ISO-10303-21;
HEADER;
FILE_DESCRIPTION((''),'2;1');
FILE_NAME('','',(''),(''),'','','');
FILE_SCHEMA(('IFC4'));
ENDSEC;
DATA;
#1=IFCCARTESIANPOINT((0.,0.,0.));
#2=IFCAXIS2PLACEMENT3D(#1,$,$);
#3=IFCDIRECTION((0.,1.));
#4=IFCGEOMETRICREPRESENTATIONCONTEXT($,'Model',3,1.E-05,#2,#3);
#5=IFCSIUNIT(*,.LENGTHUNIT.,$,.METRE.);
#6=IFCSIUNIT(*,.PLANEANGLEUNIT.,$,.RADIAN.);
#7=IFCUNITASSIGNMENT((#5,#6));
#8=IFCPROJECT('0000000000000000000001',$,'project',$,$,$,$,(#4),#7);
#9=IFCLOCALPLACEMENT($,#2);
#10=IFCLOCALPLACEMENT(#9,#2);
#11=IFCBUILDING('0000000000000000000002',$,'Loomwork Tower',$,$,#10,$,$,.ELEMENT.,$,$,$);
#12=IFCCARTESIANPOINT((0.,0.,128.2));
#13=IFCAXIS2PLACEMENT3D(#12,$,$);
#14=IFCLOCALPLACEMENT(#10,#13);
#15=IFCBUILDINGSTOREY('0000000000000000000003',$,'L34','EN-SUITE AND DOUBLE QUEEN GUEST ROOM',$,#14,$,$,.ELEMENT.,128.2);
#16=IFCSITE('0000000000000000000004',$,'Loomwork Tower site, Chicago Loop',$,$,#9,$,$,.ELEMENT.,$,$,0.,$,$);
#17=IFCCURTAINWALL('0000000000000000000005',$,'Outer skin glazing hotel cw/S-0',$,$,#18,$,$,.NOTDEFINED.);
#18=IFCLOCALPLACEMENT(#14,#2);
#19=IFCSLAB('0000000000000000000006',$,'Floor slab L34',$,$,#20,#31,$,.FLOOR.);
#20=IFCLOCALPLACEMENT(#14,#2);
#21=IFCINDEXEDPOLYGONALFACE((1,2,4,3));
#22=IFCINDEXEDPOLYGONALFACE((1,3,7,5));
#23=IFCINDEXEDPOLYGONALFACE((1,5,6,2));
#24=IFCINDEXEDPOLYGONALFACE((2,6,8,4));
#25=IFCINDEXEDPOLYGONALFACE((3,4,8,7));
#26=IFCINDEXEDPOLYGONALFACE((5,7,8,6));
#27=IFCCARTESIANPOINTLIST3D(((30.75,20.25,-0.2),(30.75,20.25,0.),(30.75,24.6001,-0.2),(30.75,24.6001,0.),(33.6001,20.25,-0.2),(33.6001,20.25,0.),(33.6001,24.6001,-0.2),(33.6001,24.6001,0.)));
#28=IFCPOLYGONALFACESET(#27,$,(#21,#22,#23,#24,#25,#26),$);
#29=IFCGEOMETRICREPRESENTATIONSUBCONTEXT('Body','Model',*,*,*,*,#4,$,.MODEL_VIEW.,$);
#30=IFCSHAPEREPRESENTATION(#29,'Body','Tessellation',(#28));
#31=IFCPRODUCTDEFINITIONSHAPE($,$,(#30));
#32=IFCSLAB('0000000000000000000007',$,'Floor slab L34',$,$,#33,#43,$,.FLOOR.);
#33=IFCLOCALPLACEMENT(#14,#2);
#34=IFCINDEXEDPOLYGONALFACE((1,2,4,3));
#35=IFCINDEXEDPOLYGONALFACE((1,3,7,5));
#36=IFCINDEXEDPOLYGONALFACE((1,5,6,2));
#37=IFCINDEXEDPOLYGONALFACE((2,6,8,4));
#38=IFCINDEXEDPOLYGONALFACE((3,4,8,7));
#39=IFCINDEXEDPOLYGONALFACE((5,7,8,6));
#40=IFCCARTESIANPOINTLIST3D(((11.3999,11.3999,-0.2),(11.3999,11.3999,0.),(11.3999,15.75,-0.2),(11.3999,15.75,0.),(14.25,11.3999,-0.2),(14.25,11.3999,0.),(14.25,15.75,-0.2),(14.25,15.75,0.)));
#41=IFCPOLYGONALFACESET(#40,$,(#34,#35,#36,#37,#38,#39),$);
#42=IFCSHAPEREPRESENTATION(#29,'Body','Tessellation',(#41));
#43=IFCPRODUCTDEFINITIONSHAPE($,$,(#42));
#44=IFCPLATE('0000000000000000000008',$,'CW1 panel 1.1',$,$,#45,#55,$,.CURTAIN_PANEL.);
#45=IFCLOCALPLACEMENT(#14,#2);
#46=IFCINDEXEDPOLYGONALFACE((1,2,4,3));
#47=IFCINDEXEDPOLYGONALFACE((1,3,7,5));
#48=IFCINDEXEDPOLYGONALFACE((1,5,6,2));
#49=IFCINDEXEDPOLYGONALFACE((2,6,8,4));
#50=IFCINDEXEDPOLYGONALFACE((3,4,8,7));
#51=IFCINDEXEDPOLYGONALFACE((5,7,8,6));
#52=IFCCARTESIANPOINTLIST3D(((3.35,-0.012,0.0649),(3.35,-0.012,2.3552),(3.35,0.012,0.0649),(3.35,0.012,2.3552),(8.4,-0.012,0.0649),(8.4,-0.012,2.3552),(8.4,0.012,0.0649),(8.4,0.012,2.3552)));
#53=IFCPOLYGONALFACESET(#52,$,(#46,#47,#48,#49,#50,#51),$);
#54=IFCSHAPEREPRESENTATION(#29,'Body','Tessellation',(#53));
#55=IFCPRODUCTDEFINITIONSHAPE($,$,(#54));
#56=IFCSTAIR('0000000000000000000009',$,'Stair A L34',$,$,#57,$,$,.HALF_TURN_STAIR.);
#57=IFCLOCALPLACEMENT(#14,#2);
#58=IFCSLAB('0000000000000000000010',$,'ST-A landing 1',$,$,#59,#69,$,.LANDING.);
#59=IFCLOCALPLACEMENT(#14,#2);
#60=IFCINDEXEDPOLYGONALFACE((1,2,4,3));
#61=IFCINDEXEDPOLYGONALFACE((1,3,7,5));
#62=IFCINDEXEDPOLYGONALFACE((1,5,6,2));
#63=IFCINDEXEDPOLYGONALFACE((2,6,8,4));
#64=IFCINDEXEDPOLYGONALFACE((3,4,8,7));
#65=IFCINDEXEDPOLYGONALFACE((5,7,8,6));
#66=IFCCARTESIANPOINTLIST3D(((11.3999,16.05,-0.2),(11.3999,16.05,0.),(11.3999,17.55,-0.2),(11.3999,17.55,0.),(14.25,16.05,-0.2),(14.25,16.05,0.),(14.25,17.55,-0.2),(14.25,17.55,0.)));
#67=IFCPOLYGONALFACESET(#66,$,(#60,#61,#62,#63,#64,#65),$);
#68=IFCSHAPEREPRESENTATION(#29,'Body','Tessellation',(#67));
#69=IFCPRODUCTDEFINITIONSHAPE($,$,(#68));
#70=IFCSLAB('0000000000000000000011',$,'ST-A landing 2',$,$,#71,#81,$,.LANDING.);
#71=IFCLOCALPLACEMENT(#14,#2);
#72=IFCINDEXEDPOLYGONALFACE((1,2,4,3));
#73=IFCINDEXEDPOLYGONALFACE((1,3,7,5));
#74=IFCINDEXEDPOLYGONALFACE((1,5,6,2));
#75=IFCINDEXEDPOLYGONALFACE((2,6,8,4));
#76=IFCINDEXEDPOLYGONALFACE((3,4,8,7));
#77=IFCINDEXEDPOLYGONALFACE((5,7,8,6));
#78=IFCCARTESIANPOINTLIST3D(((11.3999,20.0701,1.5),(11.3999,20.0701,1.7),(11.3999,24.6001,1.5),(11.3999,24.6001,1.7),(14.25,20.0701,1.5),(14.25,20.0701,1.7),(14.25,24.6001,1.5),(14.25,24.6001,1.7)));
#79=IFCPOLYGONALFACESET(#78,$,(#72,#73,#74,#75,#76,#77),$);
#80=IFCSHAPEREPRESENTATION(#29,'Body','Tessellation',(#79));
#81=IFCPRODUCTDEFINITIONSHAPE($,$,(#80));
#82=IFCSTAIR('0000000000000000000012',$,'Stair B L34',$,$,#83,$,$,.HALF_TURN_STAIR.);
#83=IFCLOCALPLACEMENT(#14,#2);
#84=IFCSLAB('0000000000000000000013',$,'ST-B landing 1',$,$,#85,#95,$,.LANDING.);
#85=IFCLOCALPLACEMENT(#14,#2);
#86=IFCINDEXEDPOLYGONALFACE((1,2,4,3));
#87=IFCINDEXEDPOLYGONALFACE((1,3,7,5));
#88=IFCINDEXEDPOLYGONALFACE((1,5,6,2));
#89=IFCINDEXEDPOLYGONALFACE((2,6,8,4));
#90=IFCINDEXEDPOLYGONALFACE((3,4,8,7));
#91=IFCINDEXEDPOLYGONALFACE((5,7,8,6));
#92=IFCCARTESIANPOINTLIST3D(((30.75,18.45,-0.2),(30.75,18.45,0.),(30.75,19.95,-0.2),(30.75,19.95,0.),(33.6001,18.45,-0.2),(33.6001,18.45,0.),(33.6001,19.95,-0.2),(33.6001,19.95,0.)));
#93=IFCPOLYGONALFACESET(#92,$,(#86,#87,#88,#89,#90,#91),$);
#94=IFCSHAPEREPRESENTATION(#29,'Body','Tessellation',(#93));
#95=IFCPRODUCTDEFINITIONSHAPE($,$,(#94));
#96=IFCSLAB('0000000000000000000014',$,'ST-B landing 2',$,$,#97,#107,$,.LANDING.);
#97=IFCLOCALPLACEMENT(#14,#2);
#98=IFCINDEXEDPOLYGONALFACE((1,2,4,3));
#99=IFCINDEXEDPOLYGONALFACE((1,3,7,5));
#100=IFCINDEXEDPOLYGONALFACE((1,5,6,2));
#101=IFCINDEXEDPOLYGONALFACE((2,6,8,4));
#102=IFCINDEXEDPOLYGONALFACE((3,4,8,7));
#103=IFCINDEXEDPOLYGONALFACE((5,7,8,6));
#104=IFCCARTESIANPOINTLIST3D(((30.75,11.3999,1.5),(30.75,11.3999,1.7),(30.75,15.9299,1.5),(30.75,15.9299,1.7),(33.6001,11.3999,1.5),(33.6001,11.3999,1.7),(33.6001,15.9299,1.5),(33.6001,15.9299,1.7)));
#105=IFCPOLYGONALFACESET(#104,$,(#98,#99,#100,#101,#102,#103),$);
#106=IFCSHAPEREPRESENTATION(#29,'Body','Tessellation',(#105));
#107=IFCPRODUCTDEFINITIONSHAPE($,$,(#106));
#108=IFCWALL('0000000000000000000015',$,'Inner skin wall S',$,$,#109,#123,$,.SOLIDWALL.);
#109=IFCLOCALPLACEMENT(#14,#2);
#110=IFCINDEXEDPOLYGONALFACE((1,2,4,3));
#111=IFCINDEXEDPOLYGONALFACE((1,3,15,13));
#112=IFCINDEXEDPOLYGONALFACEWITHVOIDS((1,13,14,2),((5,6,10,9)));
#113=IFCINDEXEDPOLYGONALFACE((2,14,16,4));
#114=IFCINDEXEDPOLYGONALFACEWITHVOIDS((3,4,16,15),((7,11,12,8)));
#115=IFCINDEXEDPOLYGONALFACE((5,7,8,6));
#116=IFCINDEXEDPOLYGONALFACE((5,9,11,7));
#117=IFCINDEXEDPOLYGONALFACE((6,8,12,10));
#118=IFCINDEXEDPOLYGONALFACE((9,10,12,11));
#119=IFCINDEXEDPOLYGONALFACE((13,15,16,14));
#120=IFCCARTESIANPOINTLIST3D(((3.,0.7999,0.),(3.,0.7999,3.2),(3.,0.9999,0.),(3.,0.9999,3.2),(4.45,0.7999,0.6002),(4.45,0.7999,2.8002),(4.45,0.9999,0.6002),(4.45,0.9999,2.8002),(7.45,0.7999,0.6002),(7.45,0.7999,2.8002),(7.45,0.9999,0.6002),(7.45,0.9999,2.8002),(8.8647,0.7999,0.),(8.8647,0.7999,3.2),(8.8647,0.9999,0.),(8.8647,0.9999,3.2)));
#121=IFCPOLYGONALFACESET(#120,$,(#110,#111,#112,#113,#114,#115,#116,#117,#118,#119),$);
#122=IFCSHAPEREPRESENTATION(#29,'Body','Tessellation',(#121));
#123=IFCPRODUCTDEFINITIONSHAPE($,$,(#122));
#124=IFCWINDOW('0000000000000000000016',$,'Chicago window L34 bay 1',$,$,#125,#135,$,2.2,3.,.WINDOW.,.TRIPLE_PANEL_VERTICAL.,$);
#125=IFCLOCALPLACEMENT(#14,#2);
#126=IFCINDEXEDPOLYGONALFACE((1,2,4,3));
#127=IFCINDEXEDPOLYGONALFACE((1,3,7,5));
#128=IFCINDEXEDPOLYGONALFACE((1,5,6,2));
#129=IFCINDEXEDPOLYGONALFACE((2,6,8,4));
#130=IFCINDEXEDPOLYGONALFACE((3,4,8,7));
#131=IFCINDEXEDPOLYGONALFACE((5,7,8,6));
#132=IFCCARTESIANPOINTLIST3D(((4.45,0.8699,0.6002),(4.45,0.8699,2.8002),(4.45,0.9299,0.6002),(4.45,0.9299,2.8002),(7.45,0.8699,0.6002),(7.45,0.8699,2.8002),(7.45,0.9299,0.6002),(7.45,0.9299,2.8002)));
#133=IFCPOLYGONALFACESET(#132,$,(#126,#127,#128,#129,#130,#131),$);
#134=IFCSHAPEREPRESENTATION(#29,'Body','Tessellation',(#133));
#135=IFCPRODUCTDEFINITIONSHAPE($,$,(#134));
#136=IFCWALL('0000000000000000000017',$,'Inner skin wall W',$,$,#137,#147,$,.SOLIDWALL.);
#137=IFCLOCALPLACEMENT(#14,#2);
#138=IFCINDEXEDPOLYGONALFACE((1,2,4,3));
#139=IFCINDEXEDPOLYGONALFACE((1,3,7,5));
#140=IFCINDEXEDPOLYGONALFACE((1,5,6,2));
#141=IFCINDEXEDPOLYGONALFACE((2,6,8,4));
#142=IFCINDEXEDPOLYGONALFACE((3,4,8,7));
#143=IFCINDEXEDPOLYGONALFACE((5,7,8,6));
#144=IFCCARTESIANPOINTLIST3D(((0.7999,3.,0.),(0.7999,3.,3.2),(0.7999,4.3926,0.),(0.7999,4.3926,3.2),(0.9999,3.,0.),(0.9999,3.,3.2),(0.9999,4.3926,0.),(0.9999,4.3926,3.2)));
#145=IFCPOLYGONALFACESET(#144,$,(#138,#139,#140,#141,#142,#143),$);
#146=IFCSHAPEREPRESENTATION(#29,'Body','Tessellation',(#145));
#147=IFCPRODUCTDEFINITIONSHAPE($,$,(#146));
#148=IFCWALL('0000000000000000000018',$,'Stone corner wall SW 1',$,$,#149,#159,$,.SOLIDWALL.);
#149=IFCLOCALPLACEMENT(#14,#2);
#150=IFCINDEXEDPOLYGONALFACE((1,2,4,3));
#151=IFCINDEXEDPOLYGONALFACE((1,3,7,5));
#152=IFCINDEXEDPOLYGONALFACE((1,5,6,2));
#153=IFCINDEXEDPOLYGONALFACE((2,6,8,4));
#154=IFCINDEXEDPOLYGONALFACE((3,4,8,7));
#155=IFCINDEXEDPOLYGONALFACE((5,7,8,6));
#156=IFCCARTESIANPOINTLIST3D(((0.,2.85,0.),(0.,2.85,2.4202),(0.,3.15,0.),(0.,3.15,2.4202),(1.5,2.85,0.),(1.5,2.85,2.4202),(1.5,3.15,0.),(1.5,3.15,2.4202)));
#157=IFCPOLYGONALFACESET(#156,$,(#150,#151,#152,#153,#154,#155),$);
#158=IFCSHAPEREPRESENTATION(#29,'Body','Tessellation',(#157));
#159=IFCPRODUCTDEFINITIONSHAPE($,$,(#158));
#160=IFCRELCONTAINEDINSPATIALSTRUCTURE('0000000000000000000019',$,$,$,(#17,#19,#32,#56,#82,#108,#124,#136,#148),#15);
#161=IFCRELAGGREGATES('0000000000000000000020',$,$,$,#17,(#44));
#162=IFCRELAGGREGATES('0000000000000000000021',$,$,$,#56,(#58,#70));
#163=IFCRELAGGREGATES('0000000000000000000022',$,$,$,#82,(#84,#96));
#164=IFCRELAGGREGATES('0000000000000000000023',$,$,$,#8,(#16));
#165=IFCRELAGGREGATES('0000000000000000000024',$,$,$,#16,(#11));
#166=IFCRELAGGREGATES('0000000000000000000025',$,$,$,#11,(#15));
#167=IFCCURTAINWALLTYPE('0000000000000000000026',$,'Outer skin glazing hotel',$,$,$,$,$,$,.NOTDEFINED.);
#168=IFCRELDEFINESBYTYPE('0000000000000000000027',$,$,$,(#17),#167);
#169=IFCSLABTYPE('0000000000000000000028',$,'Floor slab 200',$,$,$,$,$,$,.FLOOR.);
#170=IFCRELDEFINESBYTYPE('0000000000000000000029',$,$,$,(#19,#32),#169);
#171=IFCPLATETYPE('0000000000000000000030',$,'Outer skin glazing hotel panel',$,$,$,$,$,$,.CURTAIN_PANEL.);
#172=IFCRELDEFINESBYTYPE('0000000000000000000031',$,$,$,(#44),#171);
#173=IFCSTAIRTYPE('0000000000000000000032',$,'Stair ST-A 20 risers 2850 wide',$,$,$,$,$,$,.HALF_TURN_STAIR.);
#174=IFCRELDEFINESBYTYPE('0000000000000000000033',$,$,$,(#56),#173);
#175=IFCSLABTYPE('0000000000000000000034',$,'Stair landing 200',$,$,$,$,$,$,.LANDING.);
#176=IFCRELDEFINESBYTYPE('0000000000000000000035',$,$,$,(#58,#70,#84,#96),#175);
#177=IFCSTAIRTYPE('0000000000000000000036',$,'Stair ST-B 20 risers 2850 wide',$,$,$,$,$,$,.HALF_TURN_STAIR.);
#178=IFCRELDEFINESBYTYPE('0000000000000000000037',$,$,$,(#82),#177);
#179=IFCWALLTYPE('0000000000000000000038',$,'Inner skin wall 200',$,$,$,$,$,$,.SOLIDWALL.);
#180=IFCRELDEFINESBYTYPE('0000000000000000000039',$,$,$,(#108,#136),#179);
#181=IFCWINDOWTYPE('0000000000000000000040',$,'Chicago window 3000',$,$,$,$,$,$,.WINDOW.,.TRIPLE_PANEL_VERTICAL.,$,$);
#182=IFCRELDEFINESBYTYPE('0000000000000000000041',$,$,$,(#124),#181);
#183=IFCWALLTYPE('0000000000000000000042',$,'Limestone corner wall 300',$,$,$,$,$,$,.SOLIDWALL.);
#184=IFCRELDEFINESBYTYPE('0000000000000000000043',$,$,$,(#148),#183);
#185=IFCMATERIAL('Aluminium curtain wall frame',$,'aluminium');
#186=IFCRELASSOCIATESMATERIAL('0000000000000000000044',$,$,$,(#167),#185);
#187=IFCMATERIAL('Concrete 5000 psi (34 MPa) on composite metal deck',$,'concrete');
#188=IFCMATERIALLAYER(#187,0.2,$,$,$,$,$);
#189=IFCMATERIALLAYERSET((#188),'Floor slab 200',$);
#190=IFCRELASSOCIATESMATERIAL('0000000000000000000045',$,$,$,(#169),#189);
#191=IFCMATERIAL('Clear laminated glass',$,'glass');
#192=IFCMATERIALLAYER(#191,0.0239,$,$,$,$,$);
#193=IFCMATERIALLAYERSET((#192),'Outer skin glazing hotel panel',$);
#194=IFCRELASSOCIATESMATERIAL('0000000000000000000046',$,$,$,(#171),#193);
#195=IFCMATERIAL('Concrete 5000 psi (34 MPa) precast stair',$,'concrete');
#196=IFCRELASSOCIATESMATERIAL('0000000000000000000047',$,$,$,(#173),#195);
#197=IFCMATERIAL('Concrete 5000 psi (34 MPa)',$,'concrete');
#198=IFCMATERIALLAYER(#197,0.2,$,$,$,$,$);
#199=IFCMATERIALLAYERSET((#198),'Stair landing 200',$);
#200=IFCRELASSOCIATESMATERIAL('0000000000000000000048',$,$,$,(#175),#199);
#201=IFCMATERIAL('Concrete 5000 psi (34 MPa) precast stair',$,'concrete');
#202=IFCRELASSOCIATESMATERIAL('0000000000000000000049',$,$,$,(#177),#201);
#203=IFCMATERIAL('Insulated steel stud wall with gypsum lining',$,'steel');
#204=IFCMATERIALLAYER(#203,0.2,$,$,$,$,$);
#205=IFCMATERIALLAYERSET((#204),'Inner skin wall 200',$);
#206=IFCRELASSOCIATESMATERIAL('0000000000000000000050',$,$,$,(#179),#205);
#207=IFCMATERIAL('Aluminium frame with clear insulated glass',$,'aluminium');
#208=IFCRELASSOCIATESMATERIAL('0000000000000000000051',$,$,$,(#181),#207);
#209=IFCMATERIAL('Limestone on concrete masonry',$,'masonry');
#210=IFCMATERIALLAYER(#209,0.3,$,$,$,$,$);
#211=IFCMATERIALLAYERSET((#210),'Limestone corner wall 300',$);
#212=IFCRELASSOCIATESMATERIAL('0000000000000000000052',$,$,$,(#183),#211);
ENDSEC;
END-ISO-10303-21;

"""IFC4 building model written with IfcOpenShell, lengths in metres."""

from ifc_helpers import new_model, si_unit, direction, frame, frame_2d, origin, origin_2d, place, context, subcontext, project, spatial, polyline, rectangle, outline, extrude, material, layer, layer_set, type_object, element, fill, aggregate, save


model = new_model("IFC4")

# Units and contexts
model_context = context("Model", 3, precision=1e-05, world=origin(), true_north=direction((0.0, 1.0)))
body_context = subcontext(model_context, "Body", "Model", "MODEL_VIEW")
ifc_project = project(units=[si_unit("LENGTHUNIT", "METRE"), si_unit("PLANEANGLEUNIT", "RADIAN")], contexts=[model_context])

# Site, building, storey
site_placement = place(None, origin())
site = spatial("IfcSite", under=ifc_project, at=site_placement, Name="Loomwork Tower site, Chicago Loop", CompositionType="ELEMENT", RefElevation=0.0)
building_placement = place(site_placement, origin())
building = spatial("IfcBuilding", under=site, at=building_placement, Name="Loomwork Tower", CompositionType="ELEMENT")
storey_placement = place(building_placement, frame((0.0, 0.0, 128.2)))
storey = spatial("IfcBuildingStorey", under=building, at=storey_placement, Name="L34", Description="EN-SUITE AND DOUBLE QUEEN GUEST ROOM", CompositionType="ELEMENT", Elevation=128.2)

# Curtain wall
ifc_material_1 = material(Name="Aluminium curtain wall frame", Category="aluminium")
curtain_wall_type = type_object("IfcCurtainWallType", Name="Outer skin glazing hotel", PredefinedType="NOTDEFINED", material=ifc_material_1)
curtain_wall_1_placement = place(storey_placement, origin())
curtain_wall_1 = element("IfcCurtainWall", 1, at=curtain_wall_1_placement, inside=storey, type_object=curtain_wall_type, Name="Outer skin glazing hotel cw/S-0", PredefinedType="NOTDEFINED")

# Slabs
ifc_material_2 = material(Name="Concrete 5000 psi (34 MPa) on composite metal deck", Category="concrete")
ifc_layer_1 = layer(ifc_material_2, 0.2)
ifc_layer_set_1 = layer_set([ifc_layer_1], Name="Floor slab 200")
slab_type_1 = type_object("IfcSlabType", Name="Floor slab 200", PredefinedType="FLOOR", material=ifc_layer_set_1)
slab_1_placement = place(storey_placement, frame((0.0, 0.0, -0.2)))
element("IfcSlab", 2, at=slab_1_placement, inside=storey, type_object=slab_type_1, Name="Floor slab L34", PredefinedType="FLOOR", context=body_context, shape_type="SweptSolid", body=[
    extrude(outline(polyline([(33.6001, 20.25), (30.75, 20.25), (30.75, 24.6001), (33.6001, 24.6001), (33.6001, 20.25)])), origin(), (0.0, 0.0, 1.0), 0.2),
])
slab_2_placement = place(storey_placement, frame((0.0, 0.0, -0.2)))
element("IfcSlab", 3, at=slab_2_placement, inside=storey, type_object=slab_type_1, Name="Floor slab L34", PredefinedType="FLOOR", context=body_context, shape_type="SweptSolid", body=[
    extrude(outline(polyline([(14.25, 15.75), (14.25, 11.3999), (11.3999, 11.3999), (11.3999, 15.75), (14.25, 15.75)])), origin(), (0.0, 0.0, 1.0), 0.2),
])

# Plate
ifc_material_3 = material(Name="Clear laminated glass", Category="glass")
ifc_layer_2 = layer(ifc_material_3, 0.0239)
ifc_layer_set_2 = layer_set([ifc_layer_2], Name="Outer skin glazing hotel panel")
plate_type = type_object("IfcPlateType", Name="Outer skin glazing hotel panel", PredefinedType="CURTAIN_PANEL", material=ifc_layer_set_2)
plate_placement = place(storey_placement, frame((5.875, 0.0, 0.0649), z_axis=(0.0, 0.0, 1.0), x_axis=(1.0, 0.0, 0.0)))
plate = element("IfcPlate", 4, at=plate_placement, type_object=plate_type, Name="CW1 panel 1.1", PredefinedType="CURTAIN_PANEL", context=body_context, shape_type="SweptSolid", body=[
    extrude(rectangle(XDim=5.05, YDim=0.0239, at=origin_2d()), origin(), (0.0, 0.0, 1.0), 2.2903),
])
aggregate(curtain_wall_1, [plate])

# Stairs, slabs
ifc_material_4 = material(Name="Concrete 5000 psi (34 MPa) precast stair", Category="concrete")
stair_type_1 = type_object("IfcStairType", Name="Stair ST-A 20 risers 2850 wide", PredefinedType="HALF_TURN_STAIR", material=ifc_material_4)
stair_1_placement = place(storey_placement, origin())
stair_1 = element("IfcStair", 5, at=stair_1_placement, inside=storey, type_object=stair_type_1, Name="Stair A L34", PredefinedType="HALF_TURN_STAIR")
ifc_material_5 = material(Name="Concrete 5000 psi (34 MPa)", Category="concrete")
ifc_layer_3 = layer(ifc_material_5, 0.2)
ifc_layer_set_3 = layer_set([ifc_layer_3], Name="Stair landing 200")
slab_type_2 = type_object("IfcSlabType", Name="Stair landing 200", PredefinedType="LANDING", material=ifc_layer_set_3)
slab_3_placement = place(storey_placement, frame((0.0, 0.0, -0.2)))
slab_3 = element("IfcSlab", 6, at=slab_3_placement, type_object=slab_type_2, Name="ST-A landing 1", PredefinedType="LANDING", context=body_context, shape_type="SweptSolid", body=[
    extrude(outline(polyline([(11.3999, 16.05), (14.25, 16.05), (14.25, 17.55), (11.3999, 17.55), (11.3999, 16.05)])), origin(), (0.0, 0.0, 1.0), 0.2),
])
slab_4_placement = place(storey_placement, frame((0.0, 0.0, 1.5)))
slab_4 = element("IfcSlab", 7, at=slab_4_placement, type_object=slab_type_2, Name="ST-A landing 2", PredefinedType="LANDING", context=body_context, shape_type="SweptSolid", body=[
    extrude(outline(polyline([(11.3999, 20.0701), (14.25, 20.0701), (14.25, 24.6001), (11.3999, 24.6001), (11.3999, 20.0701)])), origin(), (0.0, 0.0, 1.0), 0.2),
])
aggregate(stair_1, [slab_3, slab_4])
ifc_material_6 = material(Name="Concrete 5000 psi (34 MPa) precast stair", Category="concrete")
stair_type_2 = type_object("IfcStairType", Name="Stair ST-B 20 risers 2850 wide", PredefinedType="HALF_TURN_STAIR", material=ifc_material_6)
stair_2_placement = place(storey_placement, origin())
stair_2 = element("IfcStair", 8, at=stair_2_placement, inside=storey, type_object=stair_type_2, Name="Stair B L34", PredefinedType="HALF_TURN_STAIR")
slab_5_placement = place(storey_placement, frame((0.0, 0.0, -0.2)))
slab_5 = element("IfcSlab", 9, at=slab_5_placement, type_object=slab_type_2, Name="ST-B landing 1", PredefinedType="LANDING", context=body_context, shape_type="SweptSolid", body=[
    extrude(outline(polyline([(30.75, 18.45), (33.6001, 18.45), (33.6001, 19.95), (30.75, 19.95), (30.75, 18.45)])), origin(), (0.0, 0.0, 1.0), 0.2),
])
slab_6_placement = place(storey_placement, frame((0.0, 0.0, 1.5)))
slab_6 = element("IfcSlab", 10, at=slab_6_placement, type_object=slab_type_2, Name="ST-B landing 2", PredefinedType="LANDING", context=body_context, shape_type="SweptSolid", body=[
    extrude(outline(polyline([(30.75, 11.3999), (33.6001, 11.3999), (33.6001, 15.9299), (30.75, 15.9299), (30.75, 11.3999)])), origin(), (0.0, 0.0, 1.0), 0.2),
])
aggregate(stair_2, [slab_5, slab_6])

# Wall, opening, window
ifc_material_7 = material(Name="Insulated steel stud wall with gypsum lining", Category="steel")
ifc_layer_4 = layer(ifc_material_7, 0.2)
ifc_layer_set_4 = layer_set([ifc_layer_4], Name="Inner skin wall 200")
wall_type_1 = type_object("IfcWallType", Name="Inner skin wall 200", PredefinedType="SOLIDWALL", material=ifc_layer_set_4)
wall_1_placement = place(storey_placement, frame((3.0, 0.8999, 0.0), z_axis=(0.0, 0.0, 1.0), x_axis=(1.0, 0.0, 0.0)))
wall_1 = element("IfcWall", 11, at=wall_1_placement, inside=storey, type_object=wall_type_1, Name="Inner skin wall S", PredefinedType="SOLIDWALL", context=body_context, shape_type="SweptSolid", body=[
    extrude(rectangle(XDim=5.8647, YDim=0.2, at=frame_2d((2.9324, 0.0))), origin(), (0.0, 0.0, 1.0), 3.2),
])
opening_1_placement = place(wall_1_placement, frame((1.45, 0.0, 0.6001)))
opening_1 = element("IfcOpeningElement", 12, at=opening_1_placement, cuts=wall_1, PredefinedType="OPENING", context=body_context, shape_type="SweptSolid", body=[
    extrude(rectangle(XDim=3.0, YDim=2.2, at=frame_2d((1.5, 1.1001))), frame((0.0, 0.1099, 0.0), z_axis=(0.0, -1.0, 0.0), x_axis=(1.0, 0.0, 0.0)), (0.0, 0.0, 1.0), 0.22),
])
ifc_material_8 = material(Name="Aluminium frame with clear insulated glass", Category="aluminium")
window_type_1 = type_object("IfcWindowType", Name="Chicago window 3000", PartitioningType="TRIPLE_PANEL_VERTICAL", PredefinedType="WINDOW", material=ifc_material_8)
window_1_placement = place(opening_1_placement, origin())
window_1 = element("IfcWindow", 13, at=window_1_placement, inside=storey, type_object=window_type_1, Name="Chicago window L34 bay 1", OverallHeight=2.2, OverallWidth=3.0, PartitioningType="TRIPLE_PANEL_VERTICAL", PredefinedType="WINDOW", context=body_context, shape_type="SweptSolid", body=[
    extrude(rectangle(XDim=3.0, YDim=2.2, at=frame_2d((1.5, 1.1001))), frame((0.0, 0.03, 0.0), z_axis=(0.0, -1.0, 0.0), x_axis=(1.0, 0.0, 0.0)), (0.0, 0.0, 1.0), 0.0601),
])
fill(opening_1, window_1)

# Walls
wall_2_placement = place(storey_placement, frame((0.8999, 3.0, 0.0), z_axis=(0.0, 0.0, 1.0), x_axis=(0.0, 1.0, 0.0)))
element("IfcWall", 14, at=wall_2_placement, inside=storey, type_object=wall_type_1, Name="Inner skin wall W", PredefinedType="SOLIDWALL", context=body_context, shape_type="SweptSolid", body=[
    extrude(rectangle(XDim=1.3926, YDim=0.2, at=frame_2d((0.6963, 0.0))), origin(), (0.0, 0.0, 1.0), 3.2),
])
ifc_material_9 = material(Name="Limestone on concrete masonry", Category="masonry")
ifc_layer_5 = layer(ifc_material_9, 0.3)
ifc_layer_set_5 = layer_set([ifc_layer_5], Name="Limestone corner wall 300")
wall_type_2 = type_object("IfcWallType", Name="Limestone corner wall 300", PredefinedType="SOLIDWALL", material=ifc_layer_set_5)
wall_3_placement = place(storey_placement, frame((0.0, 3.0, 0.0), z_axis=(0.0, 0.0, 1.0), x_axis=(1.0, 0.0, 0.0)))
element("IfcWall", 15, at=wall_3_placement, inside=storey, type_object=wall_type_2, Name="Stone corner wall SW 1", PredefinedType="SOLIDWALL", context=body_context, shape_type="SweptSolid", body=[
    extrude(rectangle(XDim=1.5, YDim=0.3, at=frame_2d((0.75, 0.0))), origin(), (0.0, 0.0, 1.0), 2.4202),
])

save(model, "model.ifc")
